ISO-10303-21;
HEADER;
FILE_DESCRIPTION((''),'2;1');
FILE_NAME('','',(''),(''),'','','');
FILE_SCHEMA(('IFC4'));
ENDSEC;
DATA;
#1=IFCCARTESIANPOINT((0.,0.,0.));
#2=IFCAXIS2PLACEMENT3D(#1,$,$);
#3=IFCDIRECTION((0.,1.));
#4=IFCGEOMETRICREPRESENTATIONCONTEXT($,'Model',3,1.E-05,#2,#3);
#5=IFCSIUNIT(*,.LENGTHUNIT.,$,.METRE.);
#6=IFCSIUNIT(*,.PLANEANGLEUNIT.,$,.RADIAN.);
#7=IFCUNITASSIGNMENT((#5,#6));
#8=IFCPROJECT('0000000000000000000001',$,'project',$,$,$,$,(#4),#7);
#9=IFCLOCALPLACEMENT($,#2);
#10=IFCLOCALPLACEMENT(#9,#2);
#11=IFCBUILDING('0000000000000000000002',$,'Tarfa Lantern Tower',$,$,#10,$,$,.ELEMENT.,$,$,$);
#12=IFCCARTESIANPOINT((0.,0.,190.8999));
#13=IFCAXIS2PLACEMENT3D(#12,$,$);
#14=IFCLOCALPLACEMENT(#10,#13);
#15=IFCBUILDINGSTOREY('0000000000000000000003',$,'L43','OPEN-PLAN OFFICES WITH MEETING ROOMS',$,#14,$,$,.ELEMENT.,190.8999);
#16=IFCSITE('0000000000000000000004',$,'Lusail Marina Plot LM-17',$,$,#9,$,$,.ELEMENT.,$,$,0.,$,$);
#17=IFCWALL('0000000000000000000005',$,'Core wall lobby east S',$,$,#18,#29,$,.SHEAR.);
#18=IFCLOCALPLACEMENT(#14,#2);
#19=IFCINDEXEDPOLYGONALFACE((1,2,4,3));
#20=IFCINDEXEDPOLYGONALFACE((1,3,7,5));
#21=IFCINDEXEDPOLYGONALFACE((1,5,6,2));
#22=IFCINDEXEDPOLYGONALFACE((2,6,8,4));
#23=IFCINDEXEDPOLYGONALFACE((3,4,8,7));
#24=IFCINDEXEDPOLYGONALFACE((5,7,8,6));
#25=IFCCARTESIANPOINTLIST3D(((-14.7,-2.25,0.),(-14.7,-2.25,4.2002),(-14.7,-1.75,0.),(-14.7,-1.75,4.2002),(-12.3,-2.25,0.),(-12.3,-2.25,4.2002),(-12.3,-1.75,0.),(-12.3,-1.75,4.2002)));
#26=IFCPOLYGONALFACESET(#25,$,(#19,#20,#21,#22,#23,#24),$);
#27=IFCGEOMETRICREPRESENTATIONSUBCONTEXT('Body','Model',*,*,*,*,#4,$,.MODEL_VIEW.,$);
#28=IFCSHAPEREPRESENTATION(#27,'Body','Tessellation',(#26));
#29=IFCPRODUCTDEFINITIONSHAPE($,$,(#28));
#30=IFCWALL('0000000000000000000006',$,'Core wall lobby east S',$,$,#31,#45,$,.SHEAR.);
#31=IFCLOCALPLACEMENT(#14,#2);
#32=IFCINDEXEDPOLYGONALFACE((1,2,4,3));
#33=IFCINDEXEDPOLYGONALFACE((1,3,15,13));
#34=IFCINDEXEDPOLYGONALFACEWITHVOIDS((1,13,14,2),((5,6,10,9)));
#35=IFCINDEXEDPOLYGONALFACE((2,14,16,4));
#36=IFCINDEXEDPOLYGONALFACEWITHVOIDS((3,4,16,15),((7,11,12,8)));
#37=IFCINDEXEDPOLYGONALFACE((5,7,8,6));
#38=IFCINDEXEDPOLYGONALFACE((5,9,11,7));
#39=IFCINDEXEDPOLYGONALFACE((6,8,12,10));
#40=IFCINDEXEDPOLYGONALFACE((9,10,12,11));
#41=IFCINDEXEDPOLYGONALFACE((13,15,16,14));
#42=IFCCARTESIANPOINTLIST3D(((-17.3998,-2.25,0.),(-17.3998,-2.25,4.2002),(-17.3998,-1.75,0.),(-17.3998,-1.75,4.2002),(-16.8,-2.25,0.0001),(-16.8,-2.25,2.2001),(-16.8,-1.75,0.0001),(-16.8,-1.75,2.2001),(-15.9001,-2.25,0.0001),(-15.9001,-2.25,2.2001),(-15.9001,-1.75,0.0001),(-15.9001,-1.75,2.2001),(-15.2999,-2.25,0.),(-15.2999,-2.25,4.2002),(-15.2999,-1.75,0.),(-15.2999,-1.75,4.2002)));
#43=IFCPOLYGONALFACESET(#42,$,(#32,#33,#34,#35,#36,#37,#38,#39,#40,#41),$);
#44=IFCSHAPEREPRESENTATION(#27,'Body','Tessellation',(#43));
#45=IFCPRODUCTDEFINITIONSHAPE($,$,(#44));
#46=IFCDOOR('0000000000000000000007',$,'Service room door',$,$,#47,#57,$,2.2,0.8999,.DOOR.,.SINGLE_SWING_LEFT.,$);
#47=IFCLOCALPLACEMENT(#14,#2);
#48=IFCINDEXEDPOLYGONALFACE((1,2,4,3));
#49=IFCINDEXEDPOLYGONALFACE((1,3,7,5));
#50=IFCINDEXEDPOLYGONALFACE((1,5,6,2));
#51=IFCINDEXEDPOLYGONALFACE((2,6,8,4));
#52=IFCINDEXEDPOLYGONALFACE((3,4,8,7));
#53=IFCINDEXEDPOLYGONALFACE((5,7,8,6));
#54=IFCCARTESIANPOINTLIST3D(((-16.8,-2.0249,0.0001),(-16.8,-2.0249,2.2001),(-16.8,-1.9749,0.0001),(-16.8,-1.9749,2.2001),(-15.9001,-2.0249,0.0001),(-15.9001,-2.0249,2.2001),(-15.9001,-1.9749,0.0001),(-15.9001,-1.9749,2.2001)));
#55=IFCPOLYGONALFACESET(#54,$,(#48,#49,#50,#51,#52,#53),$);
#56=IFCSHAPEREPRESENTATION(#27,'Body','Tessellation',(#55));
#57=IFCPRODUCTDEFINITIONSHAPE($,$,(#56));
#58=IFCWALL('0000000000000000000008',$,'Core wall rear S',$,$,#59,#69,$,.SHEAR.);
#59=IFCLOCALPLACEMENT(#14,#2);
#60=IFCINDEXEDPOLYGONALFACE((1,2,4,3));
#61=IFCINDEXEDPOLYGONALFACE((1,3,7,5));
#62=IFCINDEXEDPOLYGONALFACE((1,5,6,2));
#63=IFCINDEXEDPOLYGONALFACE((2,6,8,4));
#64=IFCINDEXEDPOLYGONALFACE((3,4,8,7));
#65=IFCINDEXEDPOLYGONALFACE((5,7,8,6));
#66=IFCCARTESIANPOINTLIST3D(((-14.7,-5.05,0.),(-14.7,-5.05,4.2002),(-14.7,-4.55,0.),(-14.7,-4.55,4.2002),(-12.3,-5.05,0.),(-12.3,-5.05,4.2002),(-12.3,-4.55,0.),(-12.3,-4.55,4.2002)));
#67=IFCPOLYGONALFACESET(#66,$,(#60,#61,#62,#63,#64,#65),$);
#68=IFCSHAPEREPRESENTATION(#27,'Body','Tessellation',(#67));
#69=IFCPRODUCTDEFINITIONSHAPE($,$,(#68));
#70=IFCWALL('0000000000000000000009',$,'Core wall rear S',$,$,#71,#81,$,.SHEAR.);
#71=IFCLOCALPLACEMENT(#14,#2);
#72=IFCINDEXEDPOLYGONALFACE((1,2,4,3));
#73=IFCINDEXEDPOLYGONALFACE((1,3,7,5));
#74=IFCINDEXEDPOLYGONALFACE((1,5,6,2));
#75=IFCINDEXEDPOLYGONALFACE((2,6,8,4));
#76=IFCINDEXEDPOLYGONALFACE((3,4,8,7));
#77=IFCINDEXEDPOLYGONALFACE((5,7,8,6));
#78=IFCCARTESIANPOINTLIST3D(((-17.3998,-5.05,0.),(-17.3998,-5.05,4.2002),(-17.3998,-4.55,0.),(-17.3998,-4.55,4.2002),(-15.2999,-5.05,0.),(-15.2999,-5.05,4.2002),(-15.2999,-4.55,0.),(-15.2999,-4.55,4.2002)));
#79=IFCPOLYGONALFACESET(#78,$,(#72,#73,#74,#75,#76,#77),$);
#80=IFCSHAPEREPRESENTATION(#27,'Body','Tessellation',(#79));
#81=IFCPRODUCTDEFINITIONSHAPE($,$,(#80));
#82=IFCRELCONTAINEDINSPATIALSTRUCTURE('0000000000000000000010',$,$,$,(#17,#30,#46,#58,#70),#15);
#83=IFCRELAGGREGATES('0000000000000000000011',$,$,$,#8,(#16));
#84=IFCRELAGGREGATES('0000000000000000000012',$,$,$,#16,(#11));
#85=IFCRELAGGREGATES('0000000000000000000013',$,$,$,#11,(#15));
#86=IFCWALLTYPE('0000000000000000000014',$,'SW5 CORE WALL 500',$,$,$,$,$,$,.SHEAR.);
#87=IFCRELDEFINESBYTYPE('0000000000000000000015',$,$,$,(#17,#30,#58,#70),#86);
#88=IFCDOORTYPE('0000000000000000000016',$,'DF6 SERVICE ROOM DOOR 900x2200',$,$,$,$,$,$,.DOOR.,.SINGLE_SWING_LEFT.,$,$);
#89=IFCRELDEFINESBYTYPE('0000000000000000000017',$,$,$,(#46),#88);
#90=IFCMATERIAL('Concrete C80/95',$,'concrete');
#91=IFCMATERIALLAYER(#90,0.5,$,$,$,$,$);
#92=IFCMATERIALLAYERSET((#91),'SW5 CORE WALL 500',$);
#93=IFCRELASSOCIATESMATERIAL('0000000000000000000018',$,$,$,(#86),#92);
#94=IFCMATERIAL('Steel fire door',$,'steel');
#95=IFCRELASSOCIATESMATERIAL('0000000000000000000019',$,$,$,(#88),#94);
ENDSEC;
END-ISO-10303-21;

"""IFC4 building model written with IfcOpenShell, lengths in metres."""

from ifc_helpers import new_model, si_unit, direction, frame, frame_2d, origin, place, context, subcontext, project, spatial, rectangle, extrude, material, layer, layer_set, type_object, element, fill, save


model = new_model("IFC4")

# Units and contexts
model_context = context("Model", 3, precision=1e-05, world=origin(), true_north=direction((0.0, 1.0)))
body_context = subcontext(model_context, "Body", "Model", "MODEL_VIEW")
ifc_project = project(units=[si_unit("LENGTHUNIT", "METRE"), si_unit("PLANEANGLEUNIT", "RADIAN")], contexts=[model_context])

# Site, building, storey
site_placement = place(None, origin())
site = spatial("IfcSite", under=ifc_project, at=site_placement, Name="Lusail Marina Plot LM-17", CompositionType="ELEMENT", RefElevation=0.0)
building_placement = place(site_placement, origin())
building = spatial("IfcBuilding", under=site, at=building_placement, Name="Tarfa Lantern Tower", CompositionType="ELEMENT")
storey_placement = place(building_placement, frame((0.0, 0.0, 190.8999)))
storey = spatial("IfcBuildingStorey", under=building, at=storey_placement, Name="L43", Description="OPEN-PLAN OFFICES WITH MEETING ROOMS", CompositionType="ELEMENT", Elevation=190.8999)

# Wall
ifc_material_1 = material(Name="Concrete C80/95", Category="concrete")
ifc_layer_1 = layer(ifc_material_1, 0.5)
ifc_layer_set_1 = layer_set([ifc_layer_1], Name="SW5 CORE WALL 500")
wall_type_1 = type_object("IfcWallType", Name="SW5 CORE WALL 500", PredefinedType="SHEAR", material=ifc_layer_set_1)
wall_1_placement = place(storey_placement, frame((-12.3, -2.0, 0.0), z_axis=(0.0, 0.0, 1.0), x_axis=(-1.0, 0.0, 0.0)))
element("IfcWall", 1, at=wall_1_placement, inside=storey, type_object=wall_type_1, Name="Core wall lobby east S", PredefinedType="SHEAR", context=body_context, shape_type="SweptSolid", body=[
    extrude(rectangle(XDim=2.3999, YDim=0.5, at=frame_2d((1.2, 0.0))), origin(), (0.0, 0.0, 1.0), 4.2002),
])

# Wall, opening, door
wall_2_placement = place(storey_placement, frame((-15.3, -2.0, 0.0), z_axis=(0.0, 0.0, 1.0), x_axis=(-1.0, 0.0, 0.0)))
wall_2 = element("IfcWall", 2, at=wall_2_placement, inside=storey, type_object=wall_type_1, Name="Core wall lobby east S", PredefinedType="SHEAR", context=body_context, shape_type="SweptSolid", body=[
    extrude(rectangle(XDim=2.0999, YDim=0.5, at=frame_2d((1.0498, 0.0))), origin(), (0.0, 0.0, 1.0), 4.2002),
])
opening_1_placement = place(wall_2_placement, frame((0.6001, 0.0, 0.0)))
opening_1 = element("IfcOpeningElement", 3, at=opening_1_placement, cuts=wall_2, PredefinedType="OPENING", context=body_context, shape_type="SweptSolid", body=[
    extrude(rectangle(XDim=0.8999, YDim=2.2, at=frame_2d((0.45, 1.1001))), frame((0.0, 0.26, 0.0), z_axis=(0.0, -1.0, 0.0), x_axis=(1.0, 0.0, 0.0)), (0.0, 0.0, 1.0), 0.52),
])
ifc_material_2 = material(Name="Steel fire door", Category="steel")
door_type_1 = type_object("IfcDoorType", Name="DF6 SERVICE ROOM DOOR 900x2200", OperationType="SINGLE_SWING_LEFT", PredefinedType="DOOR", material=ifc_material_2)
door_1_placement = place(opening_1_placement, origin())
door_1 = element("IfcDoor", 4, at=door_1_placement, inside=storey, type_object=door_type_1, Name="Service room door", OperationType="SINGLE_SWING_LEFT", OverallHeight=2.2, OverallWidth=0.8999, PredefinedType="DOOR", context=body_context, shape_type="SweptSolid", body=[
    extrude(rectangle(XDim=0.8999, YDim=2.2, at=frame_2d((0.45, 1.1001))), frame((0.0, 0.0249, 0.0), z_axis=(0.0, -1.0, 0.0), x_axis=(1.0, 0.0, 0.0)), (0.0, 0.0, 1.0), 0.05),
])
fill(opening_1, door_1)

# Walls
wall_3_placement = place(storey_placement, frame((-12.3, -4.8, 0.0), z_axis=(0.0, 0.0, 1.0), x_axis=(-1.0, 0.0, 0.0)))
element("IfcWall", 5, at=wall_3_placement, inside=storey, type_object=wall_type_1, Name="Core wall rear S", PredefinedType="SHEAR", context=body_context, shape_type="SweptSolid", body=[
    extrude(rectangle(XDim=2.3999, YDim=0.5, at=frame_2d((1.2, 0.0))), origin(), (0.0, 0.0, 1.0), 4.2002),
])
wall_4_placement = place(storey_placement, frame((-15.3, -4.8, 0.0), z_axis=(0.0, 0.0, 1.0), x_axis=(-1.0, 0.0, 0.0)))
element("IfcWall", 6, at=wall_4_placement, inside=storey, type_object=wall_type_1, Name="Core wall rear S", PredefinedType="SHEAR", context=body_context, shape_type="SweptSolid", body=[
    extrude(rectangle(XDim=2.0999, YDim=0.5, at=frame_2d((1.0498, 0.0))), origin(), (0.0, 0.0, 1.0), 4.2002),
])

save(model, "model.ifc")
